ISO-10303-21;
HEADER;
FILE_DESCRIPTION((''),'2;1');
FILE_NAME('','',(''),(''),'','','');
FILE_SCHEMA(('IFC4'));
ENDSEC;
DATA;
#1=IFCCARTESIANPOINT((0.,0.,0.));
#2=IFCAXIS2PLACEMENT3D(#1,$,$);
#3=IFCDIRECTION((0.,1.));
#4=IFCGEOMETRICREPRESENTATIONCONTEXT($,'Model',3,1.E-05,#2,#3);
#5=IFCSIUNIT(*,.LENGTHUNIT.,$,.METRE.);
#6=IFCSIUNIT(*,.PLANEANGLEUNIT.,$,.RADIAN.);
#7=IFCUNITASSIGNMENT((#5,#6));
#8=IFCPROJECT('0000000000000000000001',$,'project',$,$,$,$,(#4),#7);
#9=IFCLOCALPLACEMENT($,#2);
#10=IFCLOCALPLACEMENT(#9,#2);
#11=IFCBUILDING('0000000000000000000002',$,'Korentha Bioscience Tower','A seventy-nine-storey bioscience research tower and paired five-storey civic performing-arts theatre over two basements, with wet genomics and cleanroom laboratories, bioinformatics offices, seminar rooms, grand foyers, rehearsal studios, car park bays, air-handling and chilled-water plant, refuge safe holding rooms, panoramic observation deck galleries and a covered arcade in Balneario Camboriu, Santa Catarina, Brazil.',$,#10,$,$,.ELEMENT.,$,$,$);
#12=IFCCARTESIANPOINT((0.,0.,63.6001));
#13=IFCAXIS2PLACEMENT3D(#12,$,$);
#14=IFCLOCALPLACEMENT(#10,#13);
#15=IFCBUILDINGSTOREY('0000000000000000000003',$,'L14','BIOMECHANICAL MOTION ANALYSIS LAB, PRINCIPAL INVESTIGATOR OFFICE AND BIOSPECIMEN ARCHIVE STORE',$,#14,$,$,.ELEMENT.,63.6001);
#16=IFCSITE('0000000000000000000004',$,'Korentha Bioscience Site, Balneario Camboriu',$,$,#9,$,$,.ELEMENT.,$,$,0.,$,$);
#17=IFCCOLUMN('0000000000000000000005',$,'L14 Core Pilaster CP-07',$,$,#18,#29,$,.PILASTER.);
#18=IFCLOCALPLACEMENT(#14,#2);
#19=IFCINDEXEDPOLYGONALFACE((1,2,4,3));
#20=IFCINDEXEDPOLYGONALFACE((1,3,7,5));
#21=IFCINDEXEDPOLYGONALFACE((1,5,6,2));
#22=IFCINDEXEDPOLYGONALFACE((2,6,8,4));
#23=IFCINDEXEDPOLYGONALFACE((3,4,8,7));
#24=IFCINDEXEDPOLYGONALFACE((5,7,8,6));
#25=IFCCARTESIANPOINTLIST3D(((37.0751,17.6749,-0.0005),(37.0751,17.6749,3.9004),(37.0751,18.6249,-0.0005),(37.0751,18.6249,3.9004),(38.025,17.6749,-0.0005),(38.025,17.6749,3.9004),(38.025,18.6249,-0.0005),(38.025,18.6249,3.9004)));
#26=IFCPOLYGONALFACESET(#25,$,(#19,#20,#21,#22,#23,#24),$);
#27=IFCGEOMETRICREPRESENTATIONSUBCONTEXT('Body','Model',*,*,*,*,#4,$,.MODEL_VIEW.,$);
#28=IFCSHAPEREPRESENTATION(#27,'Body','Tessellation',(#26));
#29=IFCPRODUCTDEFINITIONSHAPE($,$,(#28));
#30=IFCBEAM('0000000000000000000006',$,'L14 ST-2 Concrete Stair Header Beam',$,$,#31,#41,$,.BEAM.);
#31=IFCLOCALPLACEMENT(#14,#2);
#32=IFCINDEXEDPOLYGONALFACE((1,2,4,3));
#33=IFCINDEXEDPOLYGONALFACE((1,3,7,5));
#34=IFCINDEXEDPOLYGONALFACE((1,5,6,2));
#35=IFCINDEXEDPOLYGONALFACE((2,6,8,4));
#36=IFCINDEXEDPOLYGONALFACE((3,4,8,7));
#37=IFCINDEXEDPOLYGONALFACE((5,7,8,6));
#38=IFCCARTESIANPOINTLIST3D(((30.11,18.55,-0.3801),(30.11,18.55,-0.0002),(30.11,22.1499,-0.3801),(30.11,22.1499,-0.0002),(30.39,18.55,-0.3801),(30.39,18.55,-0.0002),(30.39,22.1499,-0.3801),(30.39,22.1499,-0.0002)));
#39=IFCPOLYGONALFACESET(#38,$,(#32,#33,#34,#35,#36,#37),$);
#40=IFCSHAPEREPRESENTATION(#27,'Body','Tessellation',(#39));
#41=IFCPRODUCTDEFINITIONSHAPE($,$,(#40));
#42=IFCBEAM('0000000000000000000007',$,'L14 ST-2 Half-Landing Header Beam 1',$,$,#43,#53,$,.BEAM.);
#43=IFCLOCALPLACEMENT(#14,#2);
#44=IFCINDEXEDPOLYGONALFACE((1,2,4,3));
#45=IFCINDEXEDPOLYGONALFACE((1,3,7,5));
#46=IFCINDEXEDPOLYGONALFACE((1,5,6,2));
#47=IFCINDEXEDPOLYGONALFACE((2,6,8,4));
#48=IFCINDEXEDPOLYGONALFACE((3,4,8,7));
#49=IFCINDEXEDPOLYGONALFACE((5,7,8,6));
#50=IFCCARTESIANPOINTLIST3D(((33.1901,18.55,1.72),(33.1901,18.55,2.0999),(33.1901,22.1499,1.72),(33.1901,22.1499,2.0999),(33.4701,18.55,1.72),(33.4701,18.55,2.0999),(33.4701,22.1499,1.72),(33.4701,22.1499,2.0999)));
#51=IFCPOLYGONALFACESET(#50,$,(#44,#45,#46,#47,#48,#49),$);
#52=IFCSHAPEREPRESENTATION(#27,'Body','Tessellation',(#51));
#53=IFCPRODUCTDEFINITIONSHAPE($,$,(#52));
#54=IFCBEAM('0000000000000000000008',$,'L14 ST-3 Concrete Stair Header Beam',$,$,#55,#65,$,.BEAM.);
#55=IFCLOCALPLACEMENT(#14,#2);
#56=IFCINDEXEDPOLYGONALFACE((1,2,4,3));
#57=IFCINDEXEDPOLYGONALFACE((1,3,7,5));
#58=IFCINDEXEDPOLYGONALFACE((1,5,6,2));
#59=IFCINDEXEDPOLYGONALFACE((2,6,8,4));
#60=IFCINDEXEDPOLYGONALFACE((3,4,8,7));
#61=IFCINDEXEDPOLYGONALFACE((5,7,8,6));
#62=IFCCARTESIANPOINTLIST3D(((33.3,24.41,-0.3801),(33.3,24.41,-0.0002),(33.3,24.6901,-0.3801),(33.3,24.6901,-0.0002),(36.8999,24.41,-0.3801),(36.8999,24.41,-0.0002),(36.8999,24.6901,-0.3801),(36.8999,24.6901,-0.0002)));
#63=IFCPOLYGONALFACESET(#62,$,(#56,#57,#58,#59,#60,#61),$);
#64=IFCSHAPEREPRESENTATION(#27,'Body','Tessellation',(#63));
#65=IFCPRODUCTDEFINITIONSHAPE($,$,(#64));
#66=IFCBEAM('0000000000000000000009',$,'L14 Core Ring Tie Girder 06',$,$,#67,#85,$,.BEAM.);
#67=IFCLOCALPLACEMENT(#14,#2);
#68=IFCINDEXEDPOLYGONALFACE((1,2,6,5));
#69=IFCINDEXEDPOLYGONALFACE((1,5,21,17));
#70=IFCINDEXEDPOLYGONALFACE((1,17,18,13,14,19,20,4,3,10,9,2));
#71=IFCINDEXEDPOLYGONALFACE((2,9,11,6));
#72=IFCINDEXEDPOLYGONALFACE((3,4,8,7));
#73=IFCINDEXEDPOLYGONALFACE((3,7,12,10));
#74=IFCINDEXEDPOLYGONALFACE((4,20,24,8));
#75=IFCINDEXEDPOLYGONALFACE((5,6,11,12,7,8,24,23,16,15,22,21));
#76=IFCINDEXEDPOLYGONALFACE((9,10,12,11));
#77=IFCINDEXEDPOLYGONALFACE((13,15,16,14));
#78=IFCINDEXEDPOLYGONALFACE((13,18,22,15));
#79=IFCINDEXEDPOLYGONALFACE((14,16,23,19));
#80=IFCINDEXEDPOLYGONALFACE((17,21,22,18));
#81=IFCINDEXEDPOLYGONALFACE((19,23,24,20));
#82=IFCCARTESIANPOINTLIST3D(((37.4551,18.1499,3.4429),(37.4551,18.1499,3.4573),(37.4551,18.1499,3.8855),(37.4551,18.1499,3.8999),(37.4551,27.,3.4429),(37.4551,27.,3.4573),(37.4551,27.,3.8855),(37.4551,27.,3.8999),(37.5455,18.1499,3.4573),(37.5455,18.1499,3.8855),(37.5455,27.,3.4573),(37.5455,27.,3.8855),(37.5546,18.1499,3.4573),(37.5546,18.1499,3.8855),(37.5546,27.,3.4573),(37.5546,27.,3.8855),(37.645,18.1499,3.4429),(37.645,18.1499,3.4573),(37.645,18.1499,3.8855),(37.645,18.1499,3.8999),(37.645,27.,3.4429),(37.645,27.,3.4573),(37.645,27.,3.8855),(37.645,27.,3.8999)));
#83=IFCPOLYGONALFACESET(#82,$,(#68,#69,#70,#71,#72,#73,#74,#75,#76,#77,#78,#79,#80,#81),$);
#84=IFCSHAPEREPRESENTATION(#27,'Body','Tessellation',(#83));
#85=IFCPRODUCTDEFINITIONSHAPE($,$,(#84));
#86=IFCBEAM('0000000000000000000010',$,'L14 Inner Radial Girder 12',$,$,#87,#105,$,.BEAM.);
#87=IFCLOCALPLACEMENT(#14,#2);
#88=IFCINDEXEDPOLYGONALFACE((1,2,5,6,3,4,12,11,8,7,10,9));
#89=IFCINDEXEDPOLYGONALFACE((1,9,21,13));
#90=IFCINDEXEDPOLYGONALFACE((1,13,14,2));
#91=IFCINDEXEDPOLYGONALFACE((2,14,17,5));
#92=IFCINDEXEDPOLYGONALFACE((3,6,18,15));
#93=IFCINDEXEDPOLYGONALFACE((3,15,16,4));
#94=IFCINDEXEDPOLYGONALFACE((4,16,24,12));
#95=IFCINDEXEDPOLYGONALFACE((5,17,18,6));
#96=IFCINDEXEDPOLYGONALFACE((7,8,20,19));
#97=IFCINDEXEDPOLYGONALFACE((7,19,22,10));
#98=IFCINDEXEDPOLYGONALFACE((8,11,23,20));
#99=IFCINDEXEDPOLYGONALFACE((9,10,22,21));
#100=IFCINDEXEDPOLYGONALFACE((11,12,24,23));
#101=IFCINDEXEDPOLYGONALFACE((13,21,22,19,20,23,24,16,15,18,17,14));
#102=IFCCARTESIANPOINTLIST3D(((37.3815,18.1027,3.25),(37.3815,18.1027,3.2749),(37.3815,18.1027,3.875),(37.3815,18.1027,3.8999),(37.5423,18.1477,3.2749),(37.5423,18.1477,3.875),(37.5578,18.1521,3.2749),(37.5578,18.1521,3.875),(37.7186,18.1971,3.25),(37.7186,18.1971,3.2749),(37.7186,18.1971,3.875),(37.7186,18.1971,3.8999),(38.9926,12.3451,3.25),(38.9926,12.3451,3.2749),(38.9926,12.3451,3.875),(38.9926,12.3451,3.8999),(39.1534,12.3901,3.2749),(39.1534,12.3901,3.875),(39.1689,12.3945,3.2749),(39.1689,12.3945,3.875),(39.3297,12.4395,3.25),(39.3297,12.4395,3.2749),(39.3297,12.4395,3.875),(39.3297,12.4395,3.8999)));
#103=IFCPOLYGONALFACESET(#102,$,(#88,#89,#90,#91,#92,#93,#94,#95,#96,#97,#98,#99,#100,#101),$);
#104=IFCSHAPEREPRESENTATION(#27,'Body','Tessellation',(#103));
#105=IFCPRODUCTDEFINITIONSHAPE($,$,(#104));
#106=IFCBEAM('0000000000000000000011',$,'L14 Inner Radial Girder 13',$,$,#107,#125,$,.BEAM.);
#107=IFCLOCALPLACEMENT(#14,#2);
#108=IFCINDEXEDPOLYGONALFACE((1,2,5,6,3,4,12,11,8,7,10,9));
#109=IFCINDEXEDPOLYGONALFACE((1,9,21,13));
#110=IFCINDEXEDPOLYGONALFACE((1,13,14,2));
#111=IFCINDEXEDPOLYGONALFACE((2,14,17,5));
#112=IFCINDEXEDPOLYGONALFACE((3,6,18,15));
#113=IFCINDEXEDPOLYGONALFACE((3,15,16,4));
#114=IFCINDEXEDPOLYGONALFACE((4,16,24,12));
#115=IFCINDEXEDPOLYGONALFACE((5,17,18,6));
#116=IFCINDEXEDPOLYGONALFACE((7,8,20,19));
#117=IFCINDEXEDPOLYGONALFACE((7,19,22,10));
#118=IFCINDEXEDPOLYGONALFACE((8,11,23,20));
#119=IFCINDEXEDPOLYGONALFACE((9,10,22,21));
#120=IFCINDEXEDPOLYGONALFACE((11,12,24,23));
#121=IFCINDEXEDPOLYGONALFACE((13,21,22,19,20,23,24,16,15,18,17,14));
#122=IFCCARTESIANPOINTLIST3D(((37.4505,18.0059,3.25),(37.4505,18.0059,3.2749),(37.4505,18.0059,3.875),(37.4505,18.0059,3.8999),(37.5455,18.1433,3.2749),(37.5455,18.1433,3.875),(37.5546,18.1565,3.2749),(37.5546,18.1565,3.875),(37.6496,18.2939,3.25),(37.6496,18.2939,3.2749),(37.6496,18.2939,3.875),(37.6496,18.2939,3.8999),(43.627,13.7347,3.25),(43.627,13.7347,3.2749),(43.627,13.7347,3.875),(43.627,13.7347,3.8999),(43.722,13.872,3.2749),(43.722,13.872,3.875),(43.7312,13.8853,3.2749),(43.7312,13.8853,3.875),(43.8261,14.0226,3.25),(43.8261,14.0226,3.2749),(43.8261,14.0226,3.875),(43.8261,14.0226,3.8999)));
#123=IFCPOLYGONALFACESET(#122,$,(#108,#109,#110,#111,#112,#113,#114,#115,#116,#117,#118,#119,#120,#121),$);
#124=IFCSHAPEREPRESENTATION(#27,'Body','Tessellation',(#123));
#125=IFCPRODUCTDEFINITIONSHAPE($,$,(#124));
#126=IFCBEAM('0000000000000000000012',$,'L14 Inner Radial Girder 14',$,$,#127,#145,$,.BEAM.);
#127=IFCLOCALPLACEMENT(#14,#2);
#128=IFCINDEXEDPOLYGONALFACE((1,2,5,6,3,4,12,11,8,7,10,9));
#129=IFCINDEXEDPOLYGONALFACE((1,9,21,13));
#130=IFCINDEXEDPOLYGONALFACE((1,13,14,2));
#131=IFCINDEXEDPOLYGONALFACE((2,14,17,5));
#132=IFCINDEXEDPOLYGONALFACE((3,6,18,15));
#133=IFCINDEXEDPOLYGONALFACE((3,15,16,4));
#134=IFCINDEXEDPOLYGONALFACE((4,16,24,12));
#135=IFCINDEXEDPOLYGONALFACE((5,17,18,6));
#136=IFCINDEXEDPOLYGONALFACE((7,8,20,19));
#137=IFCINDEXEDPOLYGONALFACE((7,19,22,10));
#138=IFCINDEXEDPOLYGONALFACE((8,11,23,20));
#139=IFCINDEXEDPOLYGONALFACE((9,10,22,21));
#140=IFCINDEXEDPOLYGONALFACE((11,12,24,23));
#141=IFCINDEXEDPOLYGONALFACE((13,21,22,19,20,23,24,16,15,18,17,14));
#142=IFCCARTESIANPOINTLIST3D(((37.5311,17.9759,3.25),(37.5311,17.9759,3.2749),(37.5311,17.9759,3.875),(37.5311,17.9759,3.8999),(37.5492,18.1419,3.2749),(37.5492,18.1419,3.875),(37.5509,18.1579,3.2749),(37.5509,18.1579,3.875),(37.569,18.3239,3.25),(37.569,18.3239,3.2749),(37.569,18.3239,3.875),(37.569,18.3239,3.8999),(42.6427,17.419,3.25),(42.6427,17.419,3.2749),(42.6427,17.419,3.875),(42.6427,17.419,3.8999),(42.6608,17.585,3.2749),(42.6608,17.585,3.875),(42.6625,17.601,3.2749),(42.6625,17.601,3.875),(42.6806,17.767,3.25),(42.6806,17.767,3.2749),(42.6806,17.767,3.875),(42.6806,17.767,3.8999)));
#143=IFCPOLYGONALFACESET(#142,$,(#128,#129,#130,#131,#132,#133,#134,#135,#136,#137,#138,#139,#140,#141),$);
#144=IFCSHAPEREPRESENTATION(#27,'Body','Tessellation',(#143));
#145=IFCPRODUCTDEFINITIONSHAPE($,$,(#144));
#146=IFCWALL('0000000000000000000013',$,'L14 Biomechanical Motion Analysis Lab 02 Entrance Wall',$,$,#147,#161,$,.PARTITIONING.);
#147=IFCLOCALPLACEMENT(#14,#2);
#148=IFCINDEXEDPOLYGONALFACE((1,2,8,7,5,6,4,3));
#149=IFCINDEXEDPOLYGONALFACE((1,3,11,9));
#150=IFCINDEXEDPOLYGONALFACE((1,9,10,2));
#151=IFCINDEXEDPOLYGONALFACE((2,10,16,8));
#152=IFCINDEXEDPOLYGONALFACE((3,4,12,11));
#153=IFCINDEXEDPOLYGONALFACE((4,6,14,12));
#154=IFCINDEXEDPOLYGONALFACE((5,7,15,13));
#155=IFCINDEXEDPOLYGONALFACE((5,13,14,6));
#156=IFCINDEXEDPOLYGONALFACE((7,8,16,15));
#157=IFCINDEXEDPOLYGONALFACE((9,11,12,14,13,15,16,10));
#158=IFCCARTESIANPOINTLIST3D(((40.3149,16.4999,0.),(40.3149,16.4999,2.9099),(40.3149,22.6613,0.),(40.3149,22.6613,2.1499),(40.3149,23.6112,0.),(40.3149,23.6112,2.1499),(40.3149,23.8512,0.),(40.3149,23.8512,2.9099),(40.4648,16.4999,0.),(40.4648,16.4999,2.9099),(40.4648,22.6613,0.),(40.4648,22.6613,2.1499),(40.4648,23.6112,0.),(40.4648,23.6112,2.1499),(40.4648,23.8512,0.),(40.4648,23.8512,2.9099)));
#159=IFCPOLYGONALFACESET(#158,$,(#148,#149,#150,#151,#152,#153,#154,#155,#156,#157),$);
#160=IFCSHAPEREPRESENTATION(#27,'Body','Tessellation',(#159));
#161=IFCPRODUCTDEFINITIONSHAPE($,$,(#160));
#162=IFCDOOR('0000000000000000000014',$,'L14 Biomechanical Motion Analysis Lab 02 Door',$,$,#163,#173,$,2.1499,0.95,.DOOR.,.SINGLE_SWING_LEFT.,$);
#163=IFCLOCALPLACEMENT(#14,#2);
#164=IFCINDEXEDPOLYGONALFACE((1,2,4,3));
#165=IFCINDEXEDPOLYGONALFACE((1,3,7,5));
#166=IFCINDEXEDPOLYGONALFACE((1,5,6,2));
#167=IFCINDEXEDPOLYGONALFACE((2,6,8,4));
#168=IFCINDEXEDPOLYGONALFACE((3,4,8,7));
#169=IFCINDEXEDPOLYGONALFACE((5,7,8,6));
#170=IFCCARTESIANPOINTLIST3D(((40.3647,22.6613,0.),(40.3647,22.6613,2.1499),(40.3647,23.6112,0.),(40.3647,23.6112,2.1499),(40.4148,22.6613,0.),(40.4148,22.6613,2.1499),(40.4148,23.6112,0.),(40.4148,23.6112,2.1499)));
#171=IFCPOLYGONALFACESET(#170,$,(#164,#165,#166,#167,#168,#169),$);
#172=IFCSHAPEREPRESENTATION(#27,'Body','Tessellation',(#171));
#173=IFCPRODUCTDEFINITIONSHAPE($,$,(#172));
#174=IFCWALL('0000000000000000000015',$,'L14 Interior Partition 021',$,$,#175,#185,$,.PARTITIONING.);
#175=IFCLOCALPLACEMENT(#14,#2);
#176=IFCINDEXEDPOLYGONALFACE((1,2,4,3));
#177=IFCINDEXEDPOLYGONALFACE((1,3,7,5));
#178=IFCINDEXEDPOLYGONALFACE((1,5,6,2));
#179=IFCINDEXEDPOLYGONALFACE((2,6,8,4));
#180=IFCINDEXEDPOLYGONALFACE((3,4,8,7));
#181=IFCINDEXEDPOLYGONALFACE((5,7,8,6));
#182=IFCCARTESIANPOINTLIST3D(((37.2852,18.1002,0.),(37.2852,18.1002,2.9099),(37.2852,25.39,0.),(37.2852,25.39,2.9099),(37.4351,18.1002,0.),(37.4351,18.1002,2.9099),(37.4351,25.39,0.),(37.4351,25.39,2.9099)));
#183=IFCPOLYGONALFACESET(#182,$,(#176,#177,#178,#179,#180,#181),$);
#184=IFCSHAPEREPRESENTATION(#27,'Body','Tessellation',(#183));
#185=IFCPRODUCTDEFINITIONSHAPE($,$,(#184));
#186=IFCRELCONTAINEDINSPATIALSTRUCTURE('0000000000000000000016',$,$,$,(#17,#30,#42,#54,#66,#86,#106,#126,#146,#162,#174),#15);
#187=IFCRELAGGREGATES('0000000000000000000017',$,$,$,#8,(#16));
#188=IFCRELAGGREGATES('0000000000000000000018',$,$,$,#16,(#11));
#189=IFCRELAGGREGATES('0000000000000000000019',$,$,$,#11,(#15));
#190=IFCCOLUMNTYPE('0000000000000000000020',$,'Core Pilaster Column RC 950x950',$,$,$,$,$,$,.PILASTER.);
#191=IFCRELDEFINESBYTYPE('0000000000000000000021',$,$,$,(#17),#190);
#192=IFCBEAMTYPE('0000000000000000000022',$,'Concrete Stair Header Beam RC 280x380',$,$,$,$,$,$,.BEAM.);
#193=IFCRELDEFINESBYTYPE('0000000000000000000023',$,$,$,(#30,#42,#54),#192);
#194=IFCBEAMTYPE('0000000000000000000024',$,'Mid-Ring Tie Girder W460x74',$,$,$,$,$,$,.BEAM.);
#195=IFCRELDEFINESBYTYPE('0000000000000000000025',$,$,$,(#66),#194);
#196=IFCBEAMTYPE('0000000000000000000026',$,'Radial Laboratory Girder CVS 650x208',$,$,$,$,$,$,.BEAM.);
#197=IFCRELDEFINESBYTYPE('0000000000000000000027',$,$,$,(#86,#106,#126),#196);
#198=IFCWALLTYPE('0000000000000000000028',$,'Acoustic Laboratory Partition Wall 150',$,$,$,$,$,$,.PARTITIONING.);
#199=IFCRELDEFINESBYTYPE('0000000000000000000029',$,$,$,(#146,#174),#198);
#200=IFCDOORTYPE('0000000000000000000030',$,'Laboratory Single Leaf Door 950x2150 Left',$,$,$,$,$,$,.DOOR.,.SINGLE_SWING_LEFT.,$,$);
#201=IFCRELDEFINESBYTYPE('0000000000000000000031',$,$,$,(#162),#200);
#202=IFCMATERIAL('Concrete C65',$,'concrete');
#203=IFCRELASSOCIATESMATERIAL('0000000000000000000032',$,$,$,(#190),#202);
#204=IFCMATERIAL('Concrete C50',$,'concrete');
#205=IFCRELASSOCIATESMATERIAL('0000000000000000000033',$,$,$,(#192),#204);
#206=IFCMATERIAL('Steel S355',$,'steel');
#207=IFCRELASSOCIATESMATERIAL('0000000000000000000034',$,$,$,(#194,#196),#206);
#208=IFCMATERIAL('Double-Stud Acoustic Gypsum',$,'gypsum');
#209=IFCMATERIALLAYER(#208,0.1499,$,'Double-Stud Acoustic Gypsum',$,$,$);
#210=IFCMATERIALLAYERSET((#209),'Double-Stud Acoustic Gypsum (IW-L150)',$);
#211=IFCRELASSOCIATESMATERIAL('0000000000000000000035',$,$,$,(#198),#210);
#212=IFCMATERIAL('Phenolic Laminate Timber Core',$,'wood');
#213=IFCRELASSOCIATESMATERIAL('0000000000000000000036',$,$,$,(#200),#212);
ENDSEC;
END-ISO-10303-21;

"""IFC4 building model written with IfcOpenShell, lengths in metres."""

from ifc_helpers import new_model, si_unit, direction, frame, frame_2d, origin, origin_2d, place, context, subcontext, project, spatial, rectangle, i_section, extrude, material, layer, layer_set, material_profile, profile_set, type_object, element, fill, save


model = new_model("IFC4")

# Units and contexts
model_context = context("Model", 3, precision=1e-05, world=origin(), true_north=direction((0.0, 1.0)))
body_context = subcontext(model_context, "Body", "Model", "MODEL_VIEW")
ifc_project = project(units=[si_unit("LENGTHUNIT", "METRE"), si_unit("PLANEANGLEUNIT", "RADIAN")], contexts=[model_context])

# Site, building, storey
site_placement = place(None, origin())
site = spatial("IfcSite", under=ifc_project, at=site_placement, Name="Korentha Bioscience Site, Balneario Camboriu", CompositionType="ELEMENT", RefElevation=0.0)
building_placement = place(site_placement, origin())
building = spatial("IfcBuilding", under=site, at=building_placement, Name="Korentha Bioscience Tower", Description="A seventy-nine-storey bioscience research tower and paired five-storey civic performing-arts theatre over two basements, with wet genomics and cleanroom laboratories, bioinformatics offices, seminar rooms, grand foyers, rehearsal studios, car park bays, air-handling and chilled-water plant, refuge safe holding rooms, panoramic observation deck galleries and a covered arcade in Balneario Camboriu, Santa Catarina, Brazil.", CompositionType="ELEMENT")
storey_placement = place(building_placement, frame((0.0, 0.0, 63.6001)))
storey = spatial("IfcBuildingStorey", under=building, at=storey_placement, Name="L14", Description="BIOMECHANICAL MOTION ANALYSIS LAB, PRINCIPAL INVESTIGATOR OFFICE AND BIOSPECIMEN ARCHIVE STORE", CompositionType="ELEMENT", Elevation=63.6001)

# Column
ifc_material_1 = material(Name="Concrete C65", Category="concrete")
ifc_material_profile_1 = material_profile(ifc_material_1, rectangle(XDim=0.95, YDim=0.95, at=origin_2d()), Name="Concrete C65")
ifc_profile_set_1 = profile_set([ifc_material_profile_1], Name="Concrete C65 (COL-CP09)")
column_type = type_object("IfcColumnType", Name="Core Pilaster Column RC 950x950", PredefinedType="PILASTER", material=ifc_profile_set_1)
column_placement = place(storey_placement, frame((37.55, 18.1499, -0.0005), z_axis=(0.0, 0.0, 1.0), x_axis=(1.0, 0.0, 0.0)))
element("IfcColumn", 1, at=column_placement, inside=storey, type_object=column_type, Name="L14 Core Pilaster CP-07", PredefinedType="PILASTER", context=body_context, shape_type="SweptSolid", body=[
    extrude(rectangle(XDim=0.95, YDim=0.95, at=origin_2d()), origin(), (0.0, 0.0, 1.0), 3.9009),
])

# Beams
ifc_material_2 = material(Name="Concrete C50", Category="concrete")
ifc_material_profile_2 = material_profile(ifc_material_2, rectangle(XDim=0.28, YDim=0.3799, at=origin_2d()), Name="Concrete C50")
ifc_profile_set_2 = profile_set([ifc_material_profile_2], Name="Concrete C50 (ST-HB380)")
beam_type_1 = type_object("IfcBeamType", Name="Concrete Stair Header Beam RC 280x380", PredefinedType="BEAM", material=ifc_profile_set_2)
for number, where, z_axis, x_axis, name in (
    (2, (30.25, 18.55, -0.1902), (0.0, 1.0, 0.0), (-1.0, 0.0, 0.0), "L14 ST-2 Concrete Stair Header Beam"),
    (3, (33.3301, 18.55, 1.9099), (0.0, 1.0, 0.0), (-1.0, 0.0, 0.0), "L14 ST-2 Half-Landing Header Beam 1"),
    (4, (36.8999, 24.55, -0.1902), (-1.0, 0.0, 0.0), (0.0, -1.0, 0.0), "L14 ST-3 Concrete Stair Header Beam"),
):
    element("IfcBeam", number, at=place(storey_placement, frame(where, z_axis=z_axis, x_axis=x_axis)), inside=storey, type_object=beam_type_1, Name=name, PredefinedType="BEAM", context=body_context, shape_type="SweptSolid", body=[
        extrude(rectangle(XDim=0.28, YDim=0.3799, at=origin_2d()), origin(), (0.0, 0.0, 1.0), 3.5999),
    ])
ifc_material_3 = material(Name="Steel S355", Category="steel")
ifc_material_profile_3 = material_profile(ifc_material_3, i_section(OverallWidth=0.1899, OverallDepth=0.457, WebThickness=0.009, FlangeThickness=0.0144, at=origin_2d()), Name="Steel S355")
ifc_profile_set_3 = profile_set([ifc_material_profile_3], Name="Steel S355 (MB-460)")
beam_type_2 = type_object("IfcBeamType", Name="Mid-Ring Tie Girder W460x74", PredefinedType="BEAM", material=ifc_profile_set_3)
beam_1_placement = place(storey_placement, frame((37.55, 18.1499, 3.6714), z_axis=(0.0, 1.0, 0.0), x_axis=(-1.0, 0.0, 0.0)))
element("IfcBeam", 5, at=beam_1_placement, inside=storey, type_object=beam_type_2, Name="L14 Core Ring Tie Girder 06", PredefinedType="BEAM", context=body_context, shape_type="SweptSolid", body=[
    extrude(i_section(OverallWidth=0.1899, OverallDepth=0.457, WebThickness=0.009, FlangeThickness=0.0144, at=origin_2d()), origin(), (0.0, 0.0, 1.0), 8.8501),
])
ifc_material_profile_4 = material_profile(ifc_material_3, i_section(OverallWidth=0.3501, OverallDepth=0.6499, WebThickness=0.0161, FlangeThickness=0.0249, at=origin_2d()), Name="Steel S355")
ifc_profile_set_4 = profile_set([ifc_material_profile_4], Name="Steel S355 (RB-650)")
beam_type_3 = type_object("IfcBeamType", Name="Radial Laboratory Girder CVS 650x208", PredefinedType="BEAM", material=ifc_profile_set_4)
beam_2_placement = place(storey_placement, frame((37.55, 18.1499, 3.575), z_axis=(0.269469, -0.963009, 0.0), x_axis=(0.963009, 0.269469, 0.0)))
element("IfcBeam", 6, at=beam_2_placement, inside=storey, type_object=beam_type_3, Name="L14 Inner Radial Girder 12", PredefinedType="BEAM", context=body_context, shape_type="SweptSolid", body=[
    extrude(i_section(OverallWidth=0.3501, OverallDepth=0.6499, WebThickness=0.0161, FlangeThickness=0.0249, at=origin_2d()), origin(), (0.0, 0.0, 1.0), 5.9788),
])
beam_3_placement = place(storey_placement, frame((37.55, 18.1499, 3.575), z_axis=(0.822492, -0.568777, 0.0), x_axis=(0.568777, 0.822492, 0.0)))
element("IfcBeam", 7, at=beam_3_placement, inside=storey, type_object=beam_type_3, Name="L14 Inner Radial Girder 13", PredefinedType="BEAM", context=body_context, shape_type="SweptSolid", body=[
    extrude(i_section(OverallWidth=0.3501, OverallDepth=0.6499, WebThickness=0.0161, FlangeThickness=0.0249, at=origin_2d()), origin(), (0.0, 0.0, 1.0), 7.5095),
])
beam_4_placement = place(storey_placement, frame((37.55, 18.1499, 3.575), z_axis=(0.994118, -0.108305, 0.0), x_axis=(0.108305, 0.994118, 0.0)))
element("IfcBeam", 8, at=beam_4_placement, inside=storey, type_object=beam_type_3, Name="L14 Inner Radial Girder 14", PredefinedType="BEAM", context=body_context, shape_type="SweptSolid", body=[
    extrude(i_section(OverallWidth=0.3501, OverallDepth=0.6499, WebThickness=0.0161, FlangeThickness=0.0249, at=origin_2d()), origin(), (0.0, 0.0, 1.0), 5.1418),
])

# Wall, opening, door
ifc_material_4 = material(Name="Double-Stud Acoustic Gypsum", Category="gypsum")
ifc_layer_1 = layer(ifc_material_4, 0.1499, Name="Double-Stud Acoustic Gypsum")
ifc_layer_set_1 = layer_set([ifc_layer_1], Name="Double-Stud Acoustic Gypsum (IW-L150)")
wall_type_1 = type_object("IfcWallType", Name="Acoustic Laboratory Partition Wall 150", PredefinedType="PARTITIONING", material=ifc_layer_set_1)
wall_1_placement = place(storey_placement, frame((40.3899, 23.8513, 0.0), z_axis=(0.0, 0.0, 1.0), x_axis=(0.0, -1.0, 0.0)))
wall_1 = element("IfcWall", 9, at=wall_1_placement, inside=storey, type_object=wall_type_1, Name="L14 Biomechanical Motion Analysis Lab 02 Entrance Wall", PredefinedType="PARTITIONING", context=body_context, shape_type="SweptSolid", body=[
    extrude(rectangle(XDim=7.3513, YDim=0.1499, at=frame_2d((3.6758, 0.0))), origin(), (0.0, 0.0, 1.0), 2.9099),
])
opening_1_placement = place(wall_1_placement, frame((0.24, 0.0, 0.0)))
opening_1 = element("IfcOpeningElement", 10, at=opening_1_placement, cuts=wall_1, PredefinedType="OPENING", context=body_context, shape_type="SweptSolid", body=[
    extrude(rectangle(XDim=0.95, YDim=2.1499, at=frame_2d((0.4751, 1.075))), frame((0.0, 0.0898, 0.0), z_axis=(0.0, -1.0, 0.0), x_axis=(1.0, 0.0, 0.0)), (0.0, 0.0, 1.0), 0.1797),
])
ifc_material_5 = material(Name="Phenolic Laminate Timber Core", Category="wood")
door_type_1 = type_object("IfcDoorType", Name="Laboratory Single Leaf Door 950x2150 Left", OperationType="SINGLE_SWING_LEFT", PredefinedType="DOOR", material=ifc_material_5)
door_1_placement = place(opening_1_placement, origin())
door_1 = element("IfcDoor", 11, at=door_1_placement, inside=storey, type_object=door_type_1, Name="L14 Biomechanical Motion Analysis Lab 02 Door", OperationType="SINGLE_SWING_LEFT", OverallHeight=2.1499, OverallWidth=0.95, PredefinedType="DOOR", context=body_context, shape_type="SweptSolid", body=[
    extrude(rectangle(XDim=0.95, YDim=2.1499, at=frame_2d((0.4751, 1.075))), frame((0.0, 0.0249, 0.0), z_axis=(0.0, -1.0, 0.0), x_axis=(1.0, 0.0, 0.0)), (0.0, 0.0, 1.0), 0.05),
])
fill(opening_1, door_1)

# Wall
wall_2_placement = place(storey_placement, frame((37.3601, 18.1001, 0.0), z_axis=(0.0, 0.0, 1.0), x_axis=(0.0, 1.0, 0.0)))
element("IfcWall", 12, at=wall_2_placement, inside=storey, type_object=wall_type_1, Name="L14 Interior Partition 021", PredefinedType="PARTITIONING", context=body_context, shape_type="SweptSolid", body=[
    extrude(rectangle(XDim=7.2898, YDim=0.1499, at=frame_2d((3.645, 0.0))), origin(), (0.0, 0.0, 1.0), 2.9099),
])

save(model, "model.ifc")
